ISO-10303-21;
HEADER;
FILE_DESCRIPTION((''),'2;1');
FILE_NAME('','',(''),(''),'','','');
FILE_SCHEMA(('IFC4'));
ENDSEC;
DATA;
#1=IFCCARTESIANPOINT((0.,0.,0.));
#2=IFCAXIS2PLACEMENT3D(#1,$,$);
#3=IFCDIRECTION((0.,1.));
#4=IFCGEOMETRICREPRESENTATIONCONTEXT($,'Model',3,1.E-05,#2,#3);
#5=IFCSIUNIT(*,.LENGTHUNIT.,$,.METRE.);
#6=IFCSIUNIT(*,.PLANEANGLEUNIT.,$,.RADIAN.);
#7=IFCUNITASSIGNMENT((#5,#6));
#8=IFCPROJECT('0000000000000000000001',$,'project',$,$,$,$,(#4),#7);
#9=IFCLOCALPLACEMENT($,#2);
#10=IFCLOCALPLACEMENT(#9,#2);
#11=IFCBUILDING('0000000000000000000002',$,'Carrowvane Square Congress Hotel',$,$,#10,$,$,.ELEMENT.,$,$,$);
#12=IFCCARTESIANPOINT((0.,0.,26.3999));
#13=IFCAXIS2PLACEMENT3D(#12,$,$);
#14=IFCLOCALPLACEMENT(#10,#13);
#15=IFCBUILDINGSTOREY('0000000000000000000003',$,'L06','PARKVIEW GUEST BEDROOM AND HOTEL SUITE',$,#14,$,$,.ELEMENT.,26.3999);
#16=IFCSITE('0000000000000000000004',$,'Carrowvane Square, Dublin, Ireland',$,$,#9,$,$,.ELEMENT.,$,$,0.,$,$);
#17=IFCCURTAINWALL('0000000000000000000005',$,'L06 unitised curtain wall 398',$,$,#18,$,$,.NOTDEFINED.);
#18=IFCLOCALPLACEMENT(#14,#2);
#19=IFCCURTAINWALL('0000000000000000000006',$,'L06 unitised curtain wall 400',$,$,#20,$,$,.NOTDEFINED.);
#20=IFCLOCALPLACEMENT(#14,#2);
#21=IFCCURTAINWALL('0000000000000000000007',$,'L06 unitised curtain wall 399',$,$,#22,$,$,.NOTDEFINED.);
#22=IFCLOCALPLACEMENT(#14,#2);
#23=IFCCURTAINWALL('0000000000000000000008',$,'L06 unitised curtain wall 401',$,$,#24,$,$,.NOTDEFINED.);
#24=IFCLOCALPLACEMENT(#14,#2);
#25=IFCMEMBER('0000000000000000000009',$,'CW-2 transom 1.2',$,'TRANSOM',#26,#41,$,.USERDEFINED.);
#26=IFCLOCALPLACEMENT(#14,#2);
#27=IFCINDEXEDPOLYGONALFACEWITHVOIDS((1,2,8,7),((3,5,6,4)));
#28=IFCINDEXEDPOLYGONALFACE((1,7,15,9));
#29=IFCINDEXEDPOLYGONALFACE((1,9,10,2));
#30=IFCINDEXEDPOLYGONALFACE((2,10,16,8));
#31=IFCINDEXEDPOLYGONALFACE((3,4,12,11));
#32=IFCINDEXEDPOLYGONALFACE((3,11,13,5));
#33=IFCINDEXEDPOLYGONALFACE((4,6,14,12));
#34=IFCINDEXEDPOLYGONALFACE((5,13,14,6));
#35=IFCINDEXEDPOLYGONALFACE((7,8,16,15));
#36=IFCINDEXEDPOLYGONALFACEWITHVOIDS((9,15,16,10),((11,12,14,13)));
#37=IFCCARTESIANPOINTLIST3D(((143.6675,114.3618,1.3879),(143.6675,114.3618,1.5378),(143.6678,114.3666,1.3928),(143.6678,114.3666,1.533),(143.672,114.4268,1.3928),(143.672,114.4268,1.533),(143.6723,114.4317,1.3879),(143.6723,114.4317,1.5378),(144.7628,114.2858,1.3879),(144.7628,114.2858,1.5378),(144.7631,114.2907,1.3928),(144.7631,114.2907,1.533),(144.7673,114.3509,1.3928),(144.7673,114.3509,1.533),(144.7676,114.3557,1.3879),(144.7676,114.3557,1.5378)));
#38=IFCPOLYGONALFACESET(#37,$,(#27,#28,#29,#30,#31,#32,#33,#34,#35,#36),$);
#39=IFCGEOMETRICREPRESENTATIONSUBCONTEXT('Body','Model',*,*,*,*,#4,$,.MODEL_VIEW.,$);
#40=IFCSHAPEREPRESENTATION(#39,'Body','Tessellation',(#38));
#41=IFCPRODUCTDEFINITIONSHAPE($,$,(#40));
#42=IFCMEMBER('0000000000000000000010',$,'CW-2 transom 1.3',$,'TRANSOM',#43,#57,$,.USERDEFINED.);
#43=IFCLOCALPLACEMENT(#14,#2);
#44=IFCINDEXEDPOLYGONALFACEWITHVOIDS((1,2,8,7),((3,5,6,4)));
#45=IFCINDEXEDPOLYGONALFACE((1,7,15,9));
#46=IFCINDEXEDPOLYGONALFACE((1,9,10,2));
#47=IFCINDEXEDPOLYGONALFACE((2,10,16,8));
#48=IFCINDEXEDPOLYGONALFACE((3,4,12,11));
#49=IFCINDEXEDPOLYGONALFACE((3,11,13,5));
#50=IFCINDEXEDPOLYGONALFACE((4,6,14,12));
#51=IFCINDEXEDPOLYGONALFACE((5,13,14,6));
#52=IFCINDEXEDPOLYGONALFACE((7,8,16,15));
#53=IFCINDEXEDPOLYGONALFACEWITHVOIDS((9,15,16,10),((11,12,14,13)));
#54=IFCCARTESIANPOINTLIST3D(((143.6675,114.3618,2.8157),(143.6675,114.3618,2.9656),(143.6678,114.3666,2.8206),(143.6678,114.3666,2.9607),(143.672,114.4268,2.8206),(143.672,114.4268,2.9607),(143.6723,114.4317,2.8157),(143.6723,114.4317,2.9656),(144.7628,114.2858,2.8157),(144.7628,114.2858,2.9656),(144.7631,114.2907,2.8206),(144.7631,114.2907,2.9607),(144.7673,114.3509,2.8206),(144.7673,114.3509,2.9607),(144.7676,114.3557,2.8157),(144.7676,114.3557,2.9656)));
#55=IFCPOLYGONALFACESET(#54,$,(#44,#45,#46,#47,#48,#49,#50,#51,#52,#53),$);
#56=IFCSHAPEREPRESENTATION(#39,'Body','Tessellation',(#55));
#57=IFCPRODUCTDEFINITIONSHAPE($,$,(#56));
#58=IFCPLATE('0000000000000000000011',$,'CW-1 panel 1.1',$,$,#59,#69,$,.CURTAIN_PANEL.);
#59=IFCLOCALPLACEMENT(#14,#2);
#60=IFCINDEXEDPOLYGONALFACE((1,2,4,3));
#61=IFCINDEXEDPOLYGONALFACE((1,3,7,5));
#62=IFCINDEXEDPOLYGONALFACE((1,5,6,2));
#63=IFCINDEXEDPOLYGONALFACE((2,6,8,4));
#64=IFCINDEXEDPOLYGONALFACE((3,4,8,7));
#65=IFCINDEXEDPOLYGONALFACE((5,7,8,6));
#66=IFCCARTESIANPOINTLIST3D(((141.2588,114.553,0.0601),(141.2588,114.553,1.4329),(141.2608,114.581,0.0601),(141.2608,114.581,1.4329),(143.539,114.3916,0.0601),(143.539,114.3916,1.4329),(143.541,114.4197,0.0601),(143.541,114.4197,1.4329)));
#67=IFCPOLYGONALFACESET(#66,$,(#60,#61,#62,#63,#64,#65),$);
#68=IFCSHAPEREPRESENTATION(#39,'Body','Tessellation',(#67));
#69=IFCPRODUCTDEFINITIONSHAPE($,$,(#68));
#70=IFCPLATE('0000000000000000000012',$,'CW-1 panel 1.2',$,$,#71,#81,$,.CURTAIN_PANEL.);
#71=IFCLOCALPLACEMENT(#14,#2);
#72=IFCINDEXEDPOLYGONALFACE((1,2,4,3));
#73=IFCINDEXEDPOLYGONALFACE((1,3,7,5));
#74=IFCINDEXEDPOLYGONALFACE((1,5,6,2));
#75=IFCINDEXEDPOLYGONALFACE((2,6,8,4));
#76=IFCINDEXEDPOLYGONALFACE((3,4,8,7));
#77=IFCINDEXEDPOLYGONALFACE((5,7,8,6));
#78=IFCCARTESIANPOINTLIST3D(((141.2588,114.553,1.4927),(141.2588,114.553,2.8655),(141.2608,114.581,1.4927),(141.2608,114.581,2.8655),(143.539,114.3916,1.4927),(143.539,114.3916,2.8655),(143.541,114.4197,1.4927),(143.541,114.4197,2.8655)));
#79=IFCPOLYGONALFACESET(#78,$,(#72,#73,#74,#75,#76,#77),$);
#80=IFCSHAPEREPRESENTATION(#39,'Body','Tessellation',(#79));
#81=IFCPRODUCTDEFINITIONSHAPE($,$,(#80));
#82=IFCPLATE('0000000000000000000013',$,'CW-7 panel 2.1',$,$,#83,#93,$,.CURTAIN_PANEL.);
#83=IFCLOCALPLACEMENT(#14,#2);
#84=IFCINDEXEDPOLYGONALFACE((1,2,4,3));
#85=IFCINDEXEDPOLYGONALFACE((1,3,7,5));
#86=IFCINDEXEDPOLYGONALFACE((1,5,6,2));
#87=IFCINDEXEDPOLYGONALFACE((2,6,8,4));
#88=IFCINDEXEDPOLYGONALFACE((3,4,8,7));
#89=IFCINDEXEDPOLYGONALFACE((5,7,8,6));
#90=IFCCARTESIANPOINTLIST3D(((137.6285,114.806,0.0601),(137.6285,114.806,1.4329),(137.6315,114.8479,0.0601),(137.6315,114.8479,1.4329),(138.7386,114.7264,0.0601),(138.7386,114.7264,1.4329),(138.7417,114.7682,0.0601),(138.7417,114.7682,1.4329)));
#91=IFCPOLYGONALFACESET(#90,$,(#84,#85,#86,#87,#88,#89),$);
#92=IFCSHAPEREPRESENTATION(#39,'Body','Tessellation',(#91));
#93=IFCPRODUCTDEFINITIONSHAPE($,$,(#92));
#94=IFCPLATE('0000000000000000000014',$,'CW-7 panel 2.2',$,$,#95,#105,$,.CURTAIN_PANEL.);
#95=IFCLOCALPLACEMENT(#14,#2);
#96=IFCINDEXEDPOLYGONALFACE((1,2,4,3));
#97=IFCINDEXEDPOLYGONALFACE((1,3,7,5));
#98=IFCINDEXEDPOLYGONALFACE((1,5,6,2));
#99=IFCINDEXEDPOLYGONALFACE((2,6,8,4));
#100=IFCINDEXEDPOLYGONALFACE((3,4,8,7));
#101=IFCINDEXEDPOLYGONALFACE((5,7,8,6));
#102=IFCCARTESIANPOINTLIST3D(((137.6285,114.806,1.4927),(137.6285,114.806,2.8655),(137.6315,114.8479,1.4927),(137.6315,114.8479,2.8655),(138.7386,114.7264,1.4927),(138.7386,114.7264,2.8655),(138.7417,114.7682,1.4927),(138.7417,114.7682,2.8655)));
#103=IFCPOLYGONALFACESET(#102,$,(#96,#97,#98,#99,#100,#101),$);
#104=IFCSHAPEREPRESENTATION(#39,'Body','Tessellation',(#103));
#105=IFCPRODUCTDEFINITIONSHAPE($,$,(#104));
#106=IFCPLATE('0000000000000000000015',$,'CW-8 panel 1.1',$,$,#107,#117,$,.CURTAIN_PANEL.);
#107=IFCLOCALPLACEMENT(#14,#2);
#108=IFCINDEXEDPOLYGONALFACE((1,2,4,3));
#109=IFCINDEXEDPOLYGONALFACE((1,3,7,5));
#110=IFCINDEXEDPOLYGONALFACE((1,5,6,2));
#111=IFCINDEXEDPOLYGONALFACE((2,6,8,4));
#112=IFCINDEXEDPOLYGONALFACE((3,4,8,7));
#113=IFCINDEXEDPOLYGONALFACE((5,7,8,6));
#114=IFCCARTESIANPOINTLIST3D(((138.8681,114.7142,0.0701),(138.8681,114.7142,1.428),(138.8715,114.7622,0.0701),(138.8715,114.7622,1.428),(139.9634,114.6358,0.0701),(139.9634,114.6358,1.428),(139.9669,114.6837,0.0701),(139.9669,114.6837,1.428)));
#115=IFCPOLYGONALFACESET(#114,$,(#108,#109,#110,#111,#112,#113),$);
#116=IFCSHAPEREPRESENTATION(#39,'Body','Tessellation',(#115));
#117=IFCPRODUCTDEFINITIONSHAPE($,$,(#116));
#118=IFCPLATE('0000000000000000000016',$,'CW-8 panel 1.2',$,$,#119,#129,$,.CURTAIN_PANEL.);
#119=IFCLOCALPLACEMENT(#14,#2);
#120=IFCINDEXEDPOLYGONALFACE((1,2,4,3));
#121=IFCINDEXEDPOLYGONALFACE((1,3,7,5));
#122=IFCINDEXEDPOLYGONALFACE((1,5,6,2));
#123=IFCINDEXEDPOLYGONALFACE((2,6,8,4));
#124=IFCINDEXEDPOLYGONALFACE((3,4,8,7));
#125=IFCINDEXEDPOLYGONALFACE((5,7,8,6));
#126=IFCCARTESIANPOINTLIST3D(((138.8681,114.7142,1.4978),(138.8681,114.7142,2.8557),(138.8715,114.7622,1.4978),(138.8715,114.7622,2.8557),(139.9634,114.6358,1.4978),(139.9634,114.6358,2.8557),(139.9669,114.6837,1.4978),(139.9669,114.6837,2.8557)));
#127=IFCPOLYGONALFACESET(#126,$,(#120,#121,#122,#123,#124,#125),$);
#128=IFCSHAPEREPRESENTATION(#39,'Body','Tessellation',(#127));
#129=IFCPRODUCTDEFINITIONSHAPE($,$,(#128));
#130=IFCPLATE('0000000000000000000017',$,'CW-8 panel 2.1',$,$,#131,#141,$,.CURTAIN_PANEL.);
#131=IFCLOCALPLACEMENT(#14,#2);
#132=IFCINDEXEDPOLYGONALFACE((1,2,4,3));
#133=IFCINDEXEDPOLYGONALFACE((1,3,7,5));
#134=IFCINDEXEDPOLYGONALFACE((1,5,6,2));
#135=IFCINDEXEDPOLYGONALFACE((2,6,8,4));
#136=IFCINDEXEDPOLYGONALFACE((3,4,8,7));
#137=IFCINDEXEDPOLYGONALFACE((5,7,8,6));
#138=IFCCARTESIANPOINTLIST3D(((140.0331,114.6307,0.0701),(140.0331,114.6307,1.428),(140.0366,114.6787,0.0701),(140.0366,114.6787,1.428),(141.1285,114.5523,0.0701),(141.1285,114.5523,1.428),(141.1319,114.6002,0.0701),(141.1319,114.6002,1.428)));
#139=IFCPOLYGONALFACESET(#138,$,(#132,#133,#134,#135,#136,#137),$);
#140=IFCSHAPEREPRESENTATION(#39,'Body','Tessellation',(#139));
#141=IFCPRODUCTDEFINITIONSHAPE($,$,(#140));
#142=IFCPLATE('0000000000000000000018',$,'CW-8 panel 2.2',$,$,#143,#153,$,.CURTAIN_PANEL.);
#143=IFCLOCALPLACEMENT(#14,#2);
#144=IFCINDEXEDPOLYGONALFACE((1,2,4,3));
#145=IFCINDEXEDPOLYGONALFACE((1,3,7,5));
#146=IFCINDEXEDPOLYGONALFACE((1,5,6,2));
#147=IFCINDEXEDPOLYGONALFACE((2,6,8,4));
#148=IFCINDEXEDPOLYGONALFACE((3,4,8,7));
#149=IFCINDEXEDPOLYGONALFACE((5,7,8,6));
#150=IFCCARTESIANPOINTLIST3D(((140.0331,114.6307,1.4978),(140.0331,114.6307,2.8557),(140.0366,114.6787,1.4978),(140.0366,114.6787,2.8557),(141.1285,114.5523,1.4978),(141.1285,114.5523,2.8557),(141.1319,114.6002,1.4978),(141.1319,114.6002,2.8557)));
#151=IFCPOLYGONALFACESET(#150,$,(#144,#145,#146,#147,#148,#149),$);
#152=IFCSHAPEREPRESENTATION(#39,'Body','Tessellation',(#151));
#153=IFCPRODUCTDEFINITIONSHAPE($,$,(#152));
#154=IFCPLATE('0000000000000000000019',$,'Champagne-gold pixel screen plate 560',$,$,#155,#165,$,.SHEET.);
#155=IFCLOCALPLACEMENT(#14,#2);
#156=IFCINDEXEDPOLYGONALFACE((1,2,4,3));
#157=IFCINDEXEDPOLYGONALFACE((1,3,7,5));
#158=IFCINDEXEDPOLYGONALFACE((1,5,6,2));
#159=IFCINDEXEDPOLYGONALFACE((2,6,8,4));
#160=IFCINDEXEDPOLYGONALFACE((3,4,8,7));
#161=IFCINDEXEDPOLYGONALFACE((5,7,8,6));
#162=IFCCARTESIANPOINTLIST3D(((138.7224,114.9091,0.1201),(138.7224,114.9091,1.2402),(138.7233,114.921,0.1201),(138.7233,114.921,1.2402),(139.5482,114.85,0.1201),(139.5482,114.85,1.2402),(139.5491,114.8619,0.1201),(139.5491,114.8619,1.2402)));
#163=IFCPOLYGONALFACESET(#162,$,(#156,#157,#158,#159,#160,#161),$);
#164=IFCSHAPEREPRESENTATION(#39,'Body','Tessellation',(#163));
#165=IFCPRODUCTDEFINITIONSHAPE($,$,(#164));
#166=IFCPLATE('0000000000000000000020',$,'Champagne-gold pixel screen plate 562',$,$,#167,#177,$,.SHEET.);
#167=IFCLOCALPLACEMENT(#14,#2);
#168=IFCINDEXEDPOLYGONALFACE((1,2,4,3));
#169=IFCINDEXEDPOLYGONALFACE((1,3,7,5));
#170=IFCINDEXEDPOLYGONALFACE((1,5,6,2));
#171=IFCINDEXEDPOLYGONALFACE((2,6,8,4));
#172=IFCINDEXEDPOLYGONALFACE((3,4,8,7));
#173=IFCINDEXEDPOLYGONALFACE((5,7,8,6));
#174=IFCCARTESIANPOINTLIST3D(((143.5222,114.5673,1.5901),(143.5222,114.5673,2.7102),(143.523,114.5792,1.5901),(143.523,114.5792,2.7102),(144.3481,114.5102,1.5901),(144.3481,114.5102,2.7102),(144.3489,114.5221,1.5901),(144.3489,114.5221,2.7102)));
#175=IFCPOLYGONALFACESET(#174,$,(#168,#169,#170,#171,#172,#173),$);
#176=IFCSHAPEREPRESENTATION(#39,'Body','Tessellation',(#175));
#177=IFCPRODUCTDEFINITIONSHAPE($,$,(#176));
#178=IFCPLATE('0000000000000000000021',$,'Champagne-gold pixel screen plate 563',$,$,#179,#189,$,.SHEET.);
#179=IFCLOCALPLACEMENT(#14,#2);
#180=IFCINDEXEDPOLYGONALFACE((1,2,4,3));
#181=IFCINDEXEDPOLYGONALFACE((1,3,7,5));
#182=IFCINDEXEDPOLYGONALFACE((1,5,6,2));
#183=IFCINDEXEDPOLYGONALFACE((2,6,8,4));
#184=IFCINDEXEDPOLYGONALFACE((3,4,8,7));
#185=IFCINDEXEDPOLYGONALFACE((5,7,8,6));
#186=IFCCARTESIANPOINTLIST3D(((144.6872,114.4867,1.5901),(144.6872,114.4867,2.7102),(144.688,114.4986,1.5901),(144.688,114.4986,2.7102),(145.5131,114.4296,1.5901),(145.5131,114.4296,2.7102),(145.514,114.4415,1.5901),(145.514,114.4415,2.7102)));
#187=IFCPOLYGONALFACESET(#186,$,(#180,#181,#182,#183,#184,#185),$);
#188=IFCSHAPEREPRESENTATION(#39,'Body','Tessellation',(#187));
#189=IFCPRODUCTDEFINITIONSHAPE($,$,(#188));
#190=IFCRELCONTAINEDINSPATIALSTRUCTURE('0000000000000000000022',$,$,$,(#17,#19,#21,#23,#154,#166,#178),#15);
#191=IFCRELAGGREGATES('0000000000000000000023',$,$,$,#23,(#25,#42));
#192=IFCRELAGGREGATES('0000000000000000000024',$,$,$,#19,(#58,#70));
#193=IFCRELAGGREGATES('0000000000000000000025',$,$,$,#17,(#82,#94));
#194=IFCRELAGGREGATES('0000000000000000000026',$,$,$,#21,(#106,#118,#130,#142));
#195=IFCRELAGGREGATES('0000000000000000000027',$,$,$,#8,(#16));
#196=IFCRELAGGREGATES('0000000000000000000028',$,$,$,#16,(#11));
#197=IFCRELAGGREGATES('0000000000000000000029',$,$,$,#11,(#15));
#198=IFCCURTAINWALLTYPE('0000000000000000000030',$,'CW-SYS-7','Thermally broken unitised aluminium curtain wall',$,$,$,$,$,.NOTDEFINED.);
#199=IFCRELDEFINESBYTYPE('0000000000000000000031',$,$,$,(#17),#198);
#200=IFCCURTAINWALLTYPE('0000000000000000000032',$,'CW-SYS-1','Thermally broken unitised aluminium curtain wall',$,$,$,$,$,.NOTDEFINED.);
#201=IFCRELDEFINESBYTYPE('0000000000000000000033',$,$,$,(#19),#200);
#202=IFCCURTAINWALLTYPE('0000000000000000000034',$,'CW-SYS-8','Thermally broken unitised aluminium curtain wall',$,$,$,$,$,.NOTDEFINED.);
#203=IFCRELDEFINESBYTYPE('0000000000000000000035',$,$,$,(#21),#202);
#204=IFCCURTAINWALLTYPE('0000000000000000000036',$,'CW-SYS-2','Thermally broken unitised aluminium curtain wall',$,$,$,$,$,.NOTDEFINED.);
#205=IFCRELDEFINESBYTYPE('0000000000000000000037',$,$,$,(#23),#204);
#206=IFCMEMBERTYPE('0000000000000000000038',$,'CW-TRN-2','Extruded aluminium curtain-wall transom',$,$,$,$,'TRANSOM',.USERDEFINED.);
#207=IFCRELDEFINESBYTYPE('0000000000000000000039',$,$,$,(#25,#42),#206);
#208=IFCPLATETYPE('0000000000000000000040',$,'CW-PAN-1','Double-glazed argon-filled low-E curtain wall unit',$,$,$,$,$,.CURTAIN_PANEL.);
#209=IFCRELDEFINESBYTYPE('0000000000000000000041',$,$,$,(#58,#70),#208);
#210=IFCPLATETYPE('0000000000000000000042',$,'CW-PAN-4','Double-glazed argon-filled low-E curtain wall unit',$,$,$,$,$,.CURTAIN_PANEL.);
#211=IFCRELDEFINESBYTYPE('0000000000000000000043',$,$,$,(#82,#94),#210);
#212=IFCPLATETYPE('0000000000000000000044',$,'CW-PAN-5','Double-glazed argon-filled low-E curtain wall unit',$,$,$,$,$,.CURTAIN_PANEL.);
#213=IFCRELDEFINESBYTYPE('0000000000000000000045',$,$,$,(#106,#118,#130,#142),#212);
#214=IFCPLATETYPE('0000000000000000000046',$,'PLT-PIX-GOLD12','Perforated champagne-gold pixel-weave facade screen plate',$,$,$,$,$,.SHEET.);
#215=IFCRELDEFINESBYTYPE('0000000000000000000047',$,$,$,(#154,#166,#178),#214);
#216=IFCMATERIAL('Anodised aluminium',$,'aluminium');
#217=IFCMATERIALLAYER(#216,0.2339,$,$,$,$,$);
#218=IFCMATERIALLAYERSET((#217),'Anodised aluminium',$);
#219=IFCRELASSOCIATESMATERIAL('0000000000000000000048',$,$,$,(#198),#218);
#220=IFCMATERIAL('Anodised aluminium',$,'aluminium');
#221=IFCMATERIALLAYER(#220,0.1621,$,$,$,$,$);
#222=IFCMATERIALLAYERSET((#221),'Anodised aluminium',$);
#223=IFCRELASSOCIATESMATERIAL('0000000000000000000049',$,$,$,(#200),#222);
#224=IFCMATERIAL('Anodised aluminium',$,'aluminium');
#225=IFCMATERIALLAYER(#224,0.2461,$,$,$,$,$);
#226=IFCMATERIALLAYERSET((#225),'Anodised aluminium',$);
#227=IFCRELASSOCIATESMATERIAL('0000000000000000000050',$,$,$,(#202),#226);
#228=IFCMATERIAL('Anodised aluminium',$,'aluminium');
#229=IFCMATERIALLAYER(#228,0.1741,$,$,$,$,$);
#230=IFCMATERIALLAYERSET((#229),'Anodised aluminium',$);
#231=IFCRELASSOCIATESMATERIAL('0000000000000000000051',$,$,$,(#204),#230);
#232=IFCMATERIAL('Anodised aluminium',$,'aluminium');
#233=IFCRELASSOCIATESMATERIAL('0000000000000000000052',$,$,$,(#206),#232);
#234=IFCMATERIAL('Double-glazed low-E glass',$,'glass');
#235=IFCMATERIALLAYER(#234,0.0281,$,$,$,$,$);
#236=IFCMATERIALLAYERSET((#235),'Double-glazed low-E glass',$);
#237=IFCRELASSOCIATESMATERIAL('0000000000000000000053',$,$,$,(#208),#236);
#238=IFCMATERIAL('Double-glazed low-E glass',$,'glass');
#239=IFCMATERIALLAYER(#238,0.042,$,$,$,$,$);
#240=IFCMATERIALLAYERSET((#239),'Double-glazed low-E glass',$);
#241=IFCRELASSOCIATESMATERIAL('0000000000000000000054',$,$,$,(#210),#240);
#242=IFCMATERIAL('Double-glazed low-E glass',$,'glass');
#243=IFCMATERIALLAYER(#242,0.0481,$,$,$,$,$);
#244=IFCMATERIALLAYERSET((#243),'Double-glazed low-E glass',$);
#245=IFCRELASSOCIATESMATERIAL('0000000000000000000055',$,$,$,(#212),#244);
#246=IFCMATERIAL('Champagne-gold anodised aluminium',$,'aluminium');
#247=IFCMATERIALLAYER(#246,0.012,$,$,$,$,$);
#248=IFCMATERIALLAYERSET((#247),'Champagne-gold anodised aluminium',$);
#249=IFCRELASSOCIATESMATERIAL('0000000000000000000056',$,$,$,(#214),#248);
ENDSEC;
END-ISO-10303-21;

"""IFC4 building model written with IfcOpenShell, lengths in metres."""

from ifc_helpers import new_model, si_unit, direction, frame, origin, origin_2d, place, context, subcontext, project, spatial, rectangle, hollow_rectangle, extrude, material, layer, layer_set, material_profile, profile_set, type_object, element, aggregate, save


model = new_model("IFC4")

# Units and contexts
model_context = context("Model", 3, precision=1e-05, world=origin(), true_north=direction((0.0, 1.0)))
body_context = subcontext(model_context, "Body", "Model", "MODEL_VIEW")
ifc_project = project(units=[si_unit("LENGTHUNIT", "METRE"), si_unit("PLANEANGLEUNIT", "RADIAN")], contexts=[model_context])

# Site, building, storey
site_placement = place(None, origin())
site = spatial("IfcSite", under=ifc_project, at=site_placement, Name="Carrowvane Square, Dublin, Ireland", CompositionType="ELEMENT", RefElevation=0.0)
building_placement = place(site_placement, origin())
building = spatial("IfcBuilding", under=site, at=building_placement, Name="Carrowvane Square Congress Hotel", CompositionType="ELEMENT")
storey_placement = place(building_placement, frame((0.0, 0.0, 26.3999)))
storey = spatial("IfcBuildingStorey", under=building, at=storey_placement, Name="L06", Description="PARKVIEW GUEST BEDROOM AND HOTEL SUITE", CompositionType="ELEMENT", Elevation=26.3999)

# Curtain wall
ifc_material_1 = material(Name="Anodised aluminium", Category="aluminium")
ifc_layer_1 = layer(ifc_material_1, 0.2339)
ifc_layer_set_1 = layer_set([ifc_layer_1], Name="Anodised aluminium")
curtain_wall_type_1 = type_object("IfcCurtainWallType", Name="CW-SYS-7", Description="Thermally broken unitised aluminium curtain wall", PredefinedType="NOTDEFINED", material=ifc_layer_set_1)
curtain_wall_1_placement = place(storey_placement, origin())
curtain_wall_1 = element("IfcCurtainWall", 1, at=curtain_wall_1_placement, inside=storey, type_object=curtain_wall_type_1, Name="L06 unitised curtain wall 398", PredefinedType="NOTDEFINED")

# Curtain walls
ifc_material_2 = material(Name="Anodised aluminium", Category="aluminium")
ifc_layer_2 = layer(ifc_material_2, 0.1621)
ifc_layer_set_2 = layer_set([ifc_layer_2], Name="Anodised aluminium")
curtain_wall_type_2 = type_object("IfcCurtainWallType", Name="CW-SYS-1", Description="Thermally broken unitised aluminium curtain wall", PredefinedType="NOTDEFINED", material=ifc_layer_set_2)
curtain_wall_2_placement = place(storey_placement, origin())
curtain_wall_2 = element("IfcCurtainWall", 2, at=curtain_wall_2_placement, inside=storey, type_object=curtain_wall_type_2, Name="L06 unitised curtain wall 400", PredefinedType="NOTDEFINED")
ifc_material_3 = material(Name="Anodised aluminium", Category="aluminium")
ifc_layer_3 = layer(ifc_material_3, 0.2461)
ifc_layer_set_3 = layer_set([ifc_layer_3], Name="Anodised aluminium")
curtain_wall_type_3 = type_object("IfcCurtainWallType", Name="CW-SYS-8", Description="Thermally broken unitised aluminium curtain wall", PredefinedType="NOTDEFINED", material=ifc_layer_set_3)
curtain_wall_3_placement = place(storey_placement, origin())
curtain_wall_3 = element("IfcCurtainWall", 3, at=curtain_wall_3_placement, inside=storey, type_object=curtain_wall_type_3, Name="L06 unitised curtain wall 399", PredefinedType="NOTDEFINED")

# Curtain wall
ifc_material_4 = material(Name="Anodised aluminium", Category="aluminium")
ifc_layer_4 = layer(ifc_material_4, 0.1741)
ifc_layer_set_4 = layer_set([ifc_layer_4], Name="Anodised aluminium")
curtain_wall_type_4 = type_object("IfcCurtainWallType", Name="CW-SYS-2", Description="Thermally broken unitised aluminium curtain wall", PredefinedType="NOTDEFINED", material=ifc_layer_set_4)
curtain_wall_4_placement = place(storey_placement, origin())
curtain_wall_4 = element("IfcCurtainWall", 4, at=curtain_wall_4_placement, inside=storey, type_object=curtain_wall_type_4, Name="L06 unitised curtain wall 401", PredefinedType="NOTDEFINED")

# Members
ifc_material_5 = material(Name="Anodised aluminium", Category="aluminium")
ifc_material_profile_1 = material_profile(ifc_material_5, hollow_rectangle(XDim=0.0701, YDim=0.1499, WallThickness=0.0049, at=origin_2d()), Name="CW-TR 70x150x5")
ifc_profile_set_1 = profile_set([ifc_material_profile_1], Name="Anodised aluminium")
member_type_1 = type_object("IfcMemberType", Name="CW-TRN-2", Description="Extruded aluminium curtain-wall transom", ElementType="TRANSOM", PredefinedType="USERDEFINED", material=ifc_profile_set_1)
member_1_placement = place(storey_placement, frame((143.6699, 114.3967, 1.4629), z_axis=(0.997606, -0.069161, 0.0), x_axis=(0.069161, 0.997606, 0.0)))
member_1 = element("IfcMember", 5, at=member_1_placement, type_object=member_type_1, Name="CW-2 transom 1.2", ObjectType="TRANSOM", PredefinedType="USERDEFINED", context=body_context, shape_type="SweptSolid", body=[
    extrude(hollow_rectangle(XDim=0.0701, YDim=0.1499, WallThickness=0.0049, at=origin_2d()), origin(), (0.0, 0.0, 1.0), 1.0979),
])
member_2_placement = place(storey_placement, frame((143.6699, 114.3967, 2.8906), z_axis=(0.997606, -0.069161, 0.0), x_axis=(0.069161, 0.997606, 0.0)))
member_2 = element("IfcMember", 6, at=member_2_placement, type_object=member_type_1, Name="CW-2 transom 1.3", ObjectType="TRANSOM", PredefinedType="USERDEFINED", context=body_context, shape_type="SweptSolid", body=[
    extrude(hollow_rectangle(XDim=0.0701, YDim=0.1499, WallThickness=0.0049, at=origin_2d()), origin(), (0.0, 0.0, 1.0), 1.0979),
])
aggregate(curtain_wall_4, [member_1, member_2])

# Plates
ifc_material_6 = material(Name="Double-glazed low-E glass", Category="glass")
ifc_layer_5 = layer(ifc_material_6, 0.0281)
ifc_layer_set_5 = layer_set([ifc_layer_5], Name="Double-glazed low-E glass")
plate_type_1 = type_object("IfcPlateType", Name="CW-PAN-1", Description="Double-glazed argon-filled low-E curtain wall unit", PredefinedType="CURTAIN_PANEL", material=ifc_layer_set_5)
plate_1_placement = place(storey_placement, frame((142.3999, 114.4863, 0.0601), z_axis=(0.0, 0.0, 1.0), x_axis=(0.997506, -0.070586, 0.0)))
plate_1 = element("IfcPlate", 7, at=plate_1_placement, type_object=plate_type_1, Name="CW-1 panel 1.1", PredefinedType="CURTAIN_PANEL", context=body_context, shape_type="SweptSolid", body=[
    extrude(rectangle(XDim=2.2859, YDim=0.0281, at=origin_2d()), origin(), (0.0, 0.0, 1.0), 1.3728),
])
plate_2_placement = place(storey_placement, frame((142.3999, 114.4863, 1.4927), z_axis=(0.0, 0.0, 1.0), x_axis=(0.997506, -0.070586, 0.0)))
plate_2 = element("IfcPlate", 8, at=plate_2_placement, type_object=plate_type_1, Name="CW-1 panel 1.2", PredefinedType="CURTAIN_PANEL", context=body_context, shape_type="SweptSolid", body=[
    extrude(rectangle(XDim=2.2859, YDim=0.0281, at=origin_2d()), origin(), (0.0, 0.0, 1.0), 1.3728),
])
aggregate(curtain_wall_2, [plate_1, plate_2])
ifc_material_7 = material(Name="Double-glazed low-E glass", Category="glass")
ifc_layer_6 = layer(ifc_material_7, 0.042)
ifc_layer_set_6 = layer_set([ifc_layer_6], Name="Double-glazed low-E glass")
plate_type_2 = type_object("IfcPlateType", Name="CW-PAN-4", Description="Double-glazed argon-filled low-E curtain wall unit", PredefinedType="CURTAIN_PANEL", material=ifc_layer_set_6)
plate_3_placement = place(storey_placement, frame((138.1851, 114.7871, 0.0601), z_axis=(0.0, 0.0, 1.0), x_axis=(0.997438, -0.071532, 0.0)))
plate_3 = element("IfcPlate", 9, at=plate_3_placement, type_object=plate_type_2, Name="CW-7 panel 2.1", PredefinedType="CURTAIN_PANEL", context=body_context, shape_type="SweptSolid", body=[
    extrude(rectangle(XDim=1.113, YDim=0.042, at=origin_2d()), origin(), (0.0, 0.0, 1.0), 1.3728),
])
plate_4_placement = place(storey_placement, frame((138.1851, 114.7871, 1.4927), z_axis=(0.0, 0.0, 1.0), x_axis=(0.997438, -0.071532, 0.0)))
plate_4 = element("IfcPlate", 10, at=plate_4_placement, type_object=plate_type_2, Name="CW-7 panel 2.2", PredefinedType="CURTAIN_PANEL", context=body_context, shape_type="SweptSolid", body=[
    extrude(rectangle(XDim=1.113, YDim=0.042, at=origin_2d()), origin(), (0.0, 0.0, 1.0), 1.3728),
])
aggregate(curtain_wall_1, [plate_3, plate_4])
ifc_material_8 = material(Name="Double-glazed low-E glass", Category="glass")
ifc_layer_7 = layer(ifc_material_8, 0.0481)
ifc_layer_set_7 = layer_set([ifc_layer_7], Name="Double-glazed low-E glass")
plate_type_3 = type_object("IfcPlateType", Name="CW-PAN-5", Description="Double-glazed argon-filled low-E curtain wall unit", PredefinedType="CURTAIN_PANEL", material=ifc_layer_set_7)
plate_5_placement = place(storey_placement, frame((139.4175, 114.699, 0.0701), z_axis=(0.0, 0.0, 1.0), x_axis=(0.997446, -0.071422, 0.0)))
plate_5 = element("IfcPlate", 11, at=plate_5_placement, type_object=plate_type_3, Name="CW-8 panel 1.1", PredefinedType="CURTAIN_PANEL", context=body_context, shape_type="SweptSolid", body=[
    extrude(rectangle(XDim=1.0981, YDim=0.0481, at=origin_2d()), origin(), (0.0, 0.0, 1.0), 1.3579),
])
plate_6_placement = place(storey_placement, frame((139.4175, 114.699, 1.4978), z_axis=(0.0, 0.0, 1.0), x_axis=(0.997446, -0.071422, 0.0)))
plate_6 = element("IfcPlate", 12, at=plate_6_placement, type_object=plate_type_3, Name="CW-8 panel 1.2", PredefinedType="CURTAIN_PANEL", context=body_context, shape_type="SweptSolid", body=[
    extrude(rectangle(XDim=1.0981, YDim=0.0481, at=origin_2d()), origin(), (0.0, 0.0, 1.0), 1.3579),
])
plate_7_placement = place(storey_placement, frame((140.5825, 114.6155, 0.0701), z_axis=(0.0, 0.0, 1.0), x_axis=(0.997446, -0.071422, 0.0)))
plate_7 = element("IfcPlate", 13, at=plate_7_placement, type_object=plate_type_3, Name="CW-8 panel 2.1", PredefinedType="CURTAIN_PANEL", context=body_context, shape_type="SweptSolid", body=[
    extrude(rectangle(XDim=1.0981, YDim=0.0481, at=origin_2d()), origin(), (0.0, 0.0, 1.0), 1.3579),
])
plate_8_placement = place(storey_placement, frame((140.5825, 114.6155, 1.4978), z_axis=(0.0, 0.0, 1.0), x_axis=(0.997446, -0.071422, 0.0)))
plate_8 = element("IfcPlate", 14, at=plate_8_placement, type_object=plate_type_3, Name="CW-8 panel 2.2", PredefinedType="CURTAIN_PANEL", context=body_context, shape_type="SweptSolid", body=[
    extrude(rectangle(XDim=1.0981, YDim=0.0481, at=origin_2d()), origin(), (0.0, 0.0, 1.0), 1.3579),
])
aggregate(curtain_wall_3, [plate_5, plate_6, plate_7, plate_8])

# Plates
ifc_material_9 = material(Name="Champagne-gold anodised aluminium", Category="aluminium")
ifc_layer_8 = layer(ifc_material_9, 0.012)
ifc_layer_set_8 = layer_set([ifc_layer_8], Name="Champagne-gold anodised aluminium")
plate_type_4 = type_object("IfcPlateType", Name="PLT-PIX-GOLD12", Description="Perforated champagne-gold pixel-weave facade screen plate", PredefinedType="SHEET", material=ifc_layer_set_8)
for number, where, z_axis, x_axis, name in (
    (15, (139.1357, 114.8855, 0.1201), (0.0, 0.0, 1.0), (0.997446, -0.07142, 0.0), "Champagne-gold pixel screen plate 560"),
    (16, (143.9355, 114.5447, 1.5901), (0.0, 0.0, 1.0), (0.997618, -0.068987, 0.0), "Champagne-gold pixel screen plate 562"),
    (17, (145.1006, 114.4641, 1.5901), (0.0, 0.0, 1.0), (0.997618, -0.068987, 0.0), "Champagne-gold pixel screen plate 563"),
):
    element("IfcPlate", number, at=place(storey_placement, frame(where, z_axis=z_axis, x_axis=x_axis)), inside=storey, type_object=plate_type_4, Name=name, PredefinedType="SHEET", context=body_context, shape_type="SweptSolid", body=[
        extrude(rectangle(XDim=0.8279, YDim=0.012, at=origin_2d()), origin(), (0.0, 0.0, 1.0), 1.1201),
    ])

save(model, "model.ifc")
